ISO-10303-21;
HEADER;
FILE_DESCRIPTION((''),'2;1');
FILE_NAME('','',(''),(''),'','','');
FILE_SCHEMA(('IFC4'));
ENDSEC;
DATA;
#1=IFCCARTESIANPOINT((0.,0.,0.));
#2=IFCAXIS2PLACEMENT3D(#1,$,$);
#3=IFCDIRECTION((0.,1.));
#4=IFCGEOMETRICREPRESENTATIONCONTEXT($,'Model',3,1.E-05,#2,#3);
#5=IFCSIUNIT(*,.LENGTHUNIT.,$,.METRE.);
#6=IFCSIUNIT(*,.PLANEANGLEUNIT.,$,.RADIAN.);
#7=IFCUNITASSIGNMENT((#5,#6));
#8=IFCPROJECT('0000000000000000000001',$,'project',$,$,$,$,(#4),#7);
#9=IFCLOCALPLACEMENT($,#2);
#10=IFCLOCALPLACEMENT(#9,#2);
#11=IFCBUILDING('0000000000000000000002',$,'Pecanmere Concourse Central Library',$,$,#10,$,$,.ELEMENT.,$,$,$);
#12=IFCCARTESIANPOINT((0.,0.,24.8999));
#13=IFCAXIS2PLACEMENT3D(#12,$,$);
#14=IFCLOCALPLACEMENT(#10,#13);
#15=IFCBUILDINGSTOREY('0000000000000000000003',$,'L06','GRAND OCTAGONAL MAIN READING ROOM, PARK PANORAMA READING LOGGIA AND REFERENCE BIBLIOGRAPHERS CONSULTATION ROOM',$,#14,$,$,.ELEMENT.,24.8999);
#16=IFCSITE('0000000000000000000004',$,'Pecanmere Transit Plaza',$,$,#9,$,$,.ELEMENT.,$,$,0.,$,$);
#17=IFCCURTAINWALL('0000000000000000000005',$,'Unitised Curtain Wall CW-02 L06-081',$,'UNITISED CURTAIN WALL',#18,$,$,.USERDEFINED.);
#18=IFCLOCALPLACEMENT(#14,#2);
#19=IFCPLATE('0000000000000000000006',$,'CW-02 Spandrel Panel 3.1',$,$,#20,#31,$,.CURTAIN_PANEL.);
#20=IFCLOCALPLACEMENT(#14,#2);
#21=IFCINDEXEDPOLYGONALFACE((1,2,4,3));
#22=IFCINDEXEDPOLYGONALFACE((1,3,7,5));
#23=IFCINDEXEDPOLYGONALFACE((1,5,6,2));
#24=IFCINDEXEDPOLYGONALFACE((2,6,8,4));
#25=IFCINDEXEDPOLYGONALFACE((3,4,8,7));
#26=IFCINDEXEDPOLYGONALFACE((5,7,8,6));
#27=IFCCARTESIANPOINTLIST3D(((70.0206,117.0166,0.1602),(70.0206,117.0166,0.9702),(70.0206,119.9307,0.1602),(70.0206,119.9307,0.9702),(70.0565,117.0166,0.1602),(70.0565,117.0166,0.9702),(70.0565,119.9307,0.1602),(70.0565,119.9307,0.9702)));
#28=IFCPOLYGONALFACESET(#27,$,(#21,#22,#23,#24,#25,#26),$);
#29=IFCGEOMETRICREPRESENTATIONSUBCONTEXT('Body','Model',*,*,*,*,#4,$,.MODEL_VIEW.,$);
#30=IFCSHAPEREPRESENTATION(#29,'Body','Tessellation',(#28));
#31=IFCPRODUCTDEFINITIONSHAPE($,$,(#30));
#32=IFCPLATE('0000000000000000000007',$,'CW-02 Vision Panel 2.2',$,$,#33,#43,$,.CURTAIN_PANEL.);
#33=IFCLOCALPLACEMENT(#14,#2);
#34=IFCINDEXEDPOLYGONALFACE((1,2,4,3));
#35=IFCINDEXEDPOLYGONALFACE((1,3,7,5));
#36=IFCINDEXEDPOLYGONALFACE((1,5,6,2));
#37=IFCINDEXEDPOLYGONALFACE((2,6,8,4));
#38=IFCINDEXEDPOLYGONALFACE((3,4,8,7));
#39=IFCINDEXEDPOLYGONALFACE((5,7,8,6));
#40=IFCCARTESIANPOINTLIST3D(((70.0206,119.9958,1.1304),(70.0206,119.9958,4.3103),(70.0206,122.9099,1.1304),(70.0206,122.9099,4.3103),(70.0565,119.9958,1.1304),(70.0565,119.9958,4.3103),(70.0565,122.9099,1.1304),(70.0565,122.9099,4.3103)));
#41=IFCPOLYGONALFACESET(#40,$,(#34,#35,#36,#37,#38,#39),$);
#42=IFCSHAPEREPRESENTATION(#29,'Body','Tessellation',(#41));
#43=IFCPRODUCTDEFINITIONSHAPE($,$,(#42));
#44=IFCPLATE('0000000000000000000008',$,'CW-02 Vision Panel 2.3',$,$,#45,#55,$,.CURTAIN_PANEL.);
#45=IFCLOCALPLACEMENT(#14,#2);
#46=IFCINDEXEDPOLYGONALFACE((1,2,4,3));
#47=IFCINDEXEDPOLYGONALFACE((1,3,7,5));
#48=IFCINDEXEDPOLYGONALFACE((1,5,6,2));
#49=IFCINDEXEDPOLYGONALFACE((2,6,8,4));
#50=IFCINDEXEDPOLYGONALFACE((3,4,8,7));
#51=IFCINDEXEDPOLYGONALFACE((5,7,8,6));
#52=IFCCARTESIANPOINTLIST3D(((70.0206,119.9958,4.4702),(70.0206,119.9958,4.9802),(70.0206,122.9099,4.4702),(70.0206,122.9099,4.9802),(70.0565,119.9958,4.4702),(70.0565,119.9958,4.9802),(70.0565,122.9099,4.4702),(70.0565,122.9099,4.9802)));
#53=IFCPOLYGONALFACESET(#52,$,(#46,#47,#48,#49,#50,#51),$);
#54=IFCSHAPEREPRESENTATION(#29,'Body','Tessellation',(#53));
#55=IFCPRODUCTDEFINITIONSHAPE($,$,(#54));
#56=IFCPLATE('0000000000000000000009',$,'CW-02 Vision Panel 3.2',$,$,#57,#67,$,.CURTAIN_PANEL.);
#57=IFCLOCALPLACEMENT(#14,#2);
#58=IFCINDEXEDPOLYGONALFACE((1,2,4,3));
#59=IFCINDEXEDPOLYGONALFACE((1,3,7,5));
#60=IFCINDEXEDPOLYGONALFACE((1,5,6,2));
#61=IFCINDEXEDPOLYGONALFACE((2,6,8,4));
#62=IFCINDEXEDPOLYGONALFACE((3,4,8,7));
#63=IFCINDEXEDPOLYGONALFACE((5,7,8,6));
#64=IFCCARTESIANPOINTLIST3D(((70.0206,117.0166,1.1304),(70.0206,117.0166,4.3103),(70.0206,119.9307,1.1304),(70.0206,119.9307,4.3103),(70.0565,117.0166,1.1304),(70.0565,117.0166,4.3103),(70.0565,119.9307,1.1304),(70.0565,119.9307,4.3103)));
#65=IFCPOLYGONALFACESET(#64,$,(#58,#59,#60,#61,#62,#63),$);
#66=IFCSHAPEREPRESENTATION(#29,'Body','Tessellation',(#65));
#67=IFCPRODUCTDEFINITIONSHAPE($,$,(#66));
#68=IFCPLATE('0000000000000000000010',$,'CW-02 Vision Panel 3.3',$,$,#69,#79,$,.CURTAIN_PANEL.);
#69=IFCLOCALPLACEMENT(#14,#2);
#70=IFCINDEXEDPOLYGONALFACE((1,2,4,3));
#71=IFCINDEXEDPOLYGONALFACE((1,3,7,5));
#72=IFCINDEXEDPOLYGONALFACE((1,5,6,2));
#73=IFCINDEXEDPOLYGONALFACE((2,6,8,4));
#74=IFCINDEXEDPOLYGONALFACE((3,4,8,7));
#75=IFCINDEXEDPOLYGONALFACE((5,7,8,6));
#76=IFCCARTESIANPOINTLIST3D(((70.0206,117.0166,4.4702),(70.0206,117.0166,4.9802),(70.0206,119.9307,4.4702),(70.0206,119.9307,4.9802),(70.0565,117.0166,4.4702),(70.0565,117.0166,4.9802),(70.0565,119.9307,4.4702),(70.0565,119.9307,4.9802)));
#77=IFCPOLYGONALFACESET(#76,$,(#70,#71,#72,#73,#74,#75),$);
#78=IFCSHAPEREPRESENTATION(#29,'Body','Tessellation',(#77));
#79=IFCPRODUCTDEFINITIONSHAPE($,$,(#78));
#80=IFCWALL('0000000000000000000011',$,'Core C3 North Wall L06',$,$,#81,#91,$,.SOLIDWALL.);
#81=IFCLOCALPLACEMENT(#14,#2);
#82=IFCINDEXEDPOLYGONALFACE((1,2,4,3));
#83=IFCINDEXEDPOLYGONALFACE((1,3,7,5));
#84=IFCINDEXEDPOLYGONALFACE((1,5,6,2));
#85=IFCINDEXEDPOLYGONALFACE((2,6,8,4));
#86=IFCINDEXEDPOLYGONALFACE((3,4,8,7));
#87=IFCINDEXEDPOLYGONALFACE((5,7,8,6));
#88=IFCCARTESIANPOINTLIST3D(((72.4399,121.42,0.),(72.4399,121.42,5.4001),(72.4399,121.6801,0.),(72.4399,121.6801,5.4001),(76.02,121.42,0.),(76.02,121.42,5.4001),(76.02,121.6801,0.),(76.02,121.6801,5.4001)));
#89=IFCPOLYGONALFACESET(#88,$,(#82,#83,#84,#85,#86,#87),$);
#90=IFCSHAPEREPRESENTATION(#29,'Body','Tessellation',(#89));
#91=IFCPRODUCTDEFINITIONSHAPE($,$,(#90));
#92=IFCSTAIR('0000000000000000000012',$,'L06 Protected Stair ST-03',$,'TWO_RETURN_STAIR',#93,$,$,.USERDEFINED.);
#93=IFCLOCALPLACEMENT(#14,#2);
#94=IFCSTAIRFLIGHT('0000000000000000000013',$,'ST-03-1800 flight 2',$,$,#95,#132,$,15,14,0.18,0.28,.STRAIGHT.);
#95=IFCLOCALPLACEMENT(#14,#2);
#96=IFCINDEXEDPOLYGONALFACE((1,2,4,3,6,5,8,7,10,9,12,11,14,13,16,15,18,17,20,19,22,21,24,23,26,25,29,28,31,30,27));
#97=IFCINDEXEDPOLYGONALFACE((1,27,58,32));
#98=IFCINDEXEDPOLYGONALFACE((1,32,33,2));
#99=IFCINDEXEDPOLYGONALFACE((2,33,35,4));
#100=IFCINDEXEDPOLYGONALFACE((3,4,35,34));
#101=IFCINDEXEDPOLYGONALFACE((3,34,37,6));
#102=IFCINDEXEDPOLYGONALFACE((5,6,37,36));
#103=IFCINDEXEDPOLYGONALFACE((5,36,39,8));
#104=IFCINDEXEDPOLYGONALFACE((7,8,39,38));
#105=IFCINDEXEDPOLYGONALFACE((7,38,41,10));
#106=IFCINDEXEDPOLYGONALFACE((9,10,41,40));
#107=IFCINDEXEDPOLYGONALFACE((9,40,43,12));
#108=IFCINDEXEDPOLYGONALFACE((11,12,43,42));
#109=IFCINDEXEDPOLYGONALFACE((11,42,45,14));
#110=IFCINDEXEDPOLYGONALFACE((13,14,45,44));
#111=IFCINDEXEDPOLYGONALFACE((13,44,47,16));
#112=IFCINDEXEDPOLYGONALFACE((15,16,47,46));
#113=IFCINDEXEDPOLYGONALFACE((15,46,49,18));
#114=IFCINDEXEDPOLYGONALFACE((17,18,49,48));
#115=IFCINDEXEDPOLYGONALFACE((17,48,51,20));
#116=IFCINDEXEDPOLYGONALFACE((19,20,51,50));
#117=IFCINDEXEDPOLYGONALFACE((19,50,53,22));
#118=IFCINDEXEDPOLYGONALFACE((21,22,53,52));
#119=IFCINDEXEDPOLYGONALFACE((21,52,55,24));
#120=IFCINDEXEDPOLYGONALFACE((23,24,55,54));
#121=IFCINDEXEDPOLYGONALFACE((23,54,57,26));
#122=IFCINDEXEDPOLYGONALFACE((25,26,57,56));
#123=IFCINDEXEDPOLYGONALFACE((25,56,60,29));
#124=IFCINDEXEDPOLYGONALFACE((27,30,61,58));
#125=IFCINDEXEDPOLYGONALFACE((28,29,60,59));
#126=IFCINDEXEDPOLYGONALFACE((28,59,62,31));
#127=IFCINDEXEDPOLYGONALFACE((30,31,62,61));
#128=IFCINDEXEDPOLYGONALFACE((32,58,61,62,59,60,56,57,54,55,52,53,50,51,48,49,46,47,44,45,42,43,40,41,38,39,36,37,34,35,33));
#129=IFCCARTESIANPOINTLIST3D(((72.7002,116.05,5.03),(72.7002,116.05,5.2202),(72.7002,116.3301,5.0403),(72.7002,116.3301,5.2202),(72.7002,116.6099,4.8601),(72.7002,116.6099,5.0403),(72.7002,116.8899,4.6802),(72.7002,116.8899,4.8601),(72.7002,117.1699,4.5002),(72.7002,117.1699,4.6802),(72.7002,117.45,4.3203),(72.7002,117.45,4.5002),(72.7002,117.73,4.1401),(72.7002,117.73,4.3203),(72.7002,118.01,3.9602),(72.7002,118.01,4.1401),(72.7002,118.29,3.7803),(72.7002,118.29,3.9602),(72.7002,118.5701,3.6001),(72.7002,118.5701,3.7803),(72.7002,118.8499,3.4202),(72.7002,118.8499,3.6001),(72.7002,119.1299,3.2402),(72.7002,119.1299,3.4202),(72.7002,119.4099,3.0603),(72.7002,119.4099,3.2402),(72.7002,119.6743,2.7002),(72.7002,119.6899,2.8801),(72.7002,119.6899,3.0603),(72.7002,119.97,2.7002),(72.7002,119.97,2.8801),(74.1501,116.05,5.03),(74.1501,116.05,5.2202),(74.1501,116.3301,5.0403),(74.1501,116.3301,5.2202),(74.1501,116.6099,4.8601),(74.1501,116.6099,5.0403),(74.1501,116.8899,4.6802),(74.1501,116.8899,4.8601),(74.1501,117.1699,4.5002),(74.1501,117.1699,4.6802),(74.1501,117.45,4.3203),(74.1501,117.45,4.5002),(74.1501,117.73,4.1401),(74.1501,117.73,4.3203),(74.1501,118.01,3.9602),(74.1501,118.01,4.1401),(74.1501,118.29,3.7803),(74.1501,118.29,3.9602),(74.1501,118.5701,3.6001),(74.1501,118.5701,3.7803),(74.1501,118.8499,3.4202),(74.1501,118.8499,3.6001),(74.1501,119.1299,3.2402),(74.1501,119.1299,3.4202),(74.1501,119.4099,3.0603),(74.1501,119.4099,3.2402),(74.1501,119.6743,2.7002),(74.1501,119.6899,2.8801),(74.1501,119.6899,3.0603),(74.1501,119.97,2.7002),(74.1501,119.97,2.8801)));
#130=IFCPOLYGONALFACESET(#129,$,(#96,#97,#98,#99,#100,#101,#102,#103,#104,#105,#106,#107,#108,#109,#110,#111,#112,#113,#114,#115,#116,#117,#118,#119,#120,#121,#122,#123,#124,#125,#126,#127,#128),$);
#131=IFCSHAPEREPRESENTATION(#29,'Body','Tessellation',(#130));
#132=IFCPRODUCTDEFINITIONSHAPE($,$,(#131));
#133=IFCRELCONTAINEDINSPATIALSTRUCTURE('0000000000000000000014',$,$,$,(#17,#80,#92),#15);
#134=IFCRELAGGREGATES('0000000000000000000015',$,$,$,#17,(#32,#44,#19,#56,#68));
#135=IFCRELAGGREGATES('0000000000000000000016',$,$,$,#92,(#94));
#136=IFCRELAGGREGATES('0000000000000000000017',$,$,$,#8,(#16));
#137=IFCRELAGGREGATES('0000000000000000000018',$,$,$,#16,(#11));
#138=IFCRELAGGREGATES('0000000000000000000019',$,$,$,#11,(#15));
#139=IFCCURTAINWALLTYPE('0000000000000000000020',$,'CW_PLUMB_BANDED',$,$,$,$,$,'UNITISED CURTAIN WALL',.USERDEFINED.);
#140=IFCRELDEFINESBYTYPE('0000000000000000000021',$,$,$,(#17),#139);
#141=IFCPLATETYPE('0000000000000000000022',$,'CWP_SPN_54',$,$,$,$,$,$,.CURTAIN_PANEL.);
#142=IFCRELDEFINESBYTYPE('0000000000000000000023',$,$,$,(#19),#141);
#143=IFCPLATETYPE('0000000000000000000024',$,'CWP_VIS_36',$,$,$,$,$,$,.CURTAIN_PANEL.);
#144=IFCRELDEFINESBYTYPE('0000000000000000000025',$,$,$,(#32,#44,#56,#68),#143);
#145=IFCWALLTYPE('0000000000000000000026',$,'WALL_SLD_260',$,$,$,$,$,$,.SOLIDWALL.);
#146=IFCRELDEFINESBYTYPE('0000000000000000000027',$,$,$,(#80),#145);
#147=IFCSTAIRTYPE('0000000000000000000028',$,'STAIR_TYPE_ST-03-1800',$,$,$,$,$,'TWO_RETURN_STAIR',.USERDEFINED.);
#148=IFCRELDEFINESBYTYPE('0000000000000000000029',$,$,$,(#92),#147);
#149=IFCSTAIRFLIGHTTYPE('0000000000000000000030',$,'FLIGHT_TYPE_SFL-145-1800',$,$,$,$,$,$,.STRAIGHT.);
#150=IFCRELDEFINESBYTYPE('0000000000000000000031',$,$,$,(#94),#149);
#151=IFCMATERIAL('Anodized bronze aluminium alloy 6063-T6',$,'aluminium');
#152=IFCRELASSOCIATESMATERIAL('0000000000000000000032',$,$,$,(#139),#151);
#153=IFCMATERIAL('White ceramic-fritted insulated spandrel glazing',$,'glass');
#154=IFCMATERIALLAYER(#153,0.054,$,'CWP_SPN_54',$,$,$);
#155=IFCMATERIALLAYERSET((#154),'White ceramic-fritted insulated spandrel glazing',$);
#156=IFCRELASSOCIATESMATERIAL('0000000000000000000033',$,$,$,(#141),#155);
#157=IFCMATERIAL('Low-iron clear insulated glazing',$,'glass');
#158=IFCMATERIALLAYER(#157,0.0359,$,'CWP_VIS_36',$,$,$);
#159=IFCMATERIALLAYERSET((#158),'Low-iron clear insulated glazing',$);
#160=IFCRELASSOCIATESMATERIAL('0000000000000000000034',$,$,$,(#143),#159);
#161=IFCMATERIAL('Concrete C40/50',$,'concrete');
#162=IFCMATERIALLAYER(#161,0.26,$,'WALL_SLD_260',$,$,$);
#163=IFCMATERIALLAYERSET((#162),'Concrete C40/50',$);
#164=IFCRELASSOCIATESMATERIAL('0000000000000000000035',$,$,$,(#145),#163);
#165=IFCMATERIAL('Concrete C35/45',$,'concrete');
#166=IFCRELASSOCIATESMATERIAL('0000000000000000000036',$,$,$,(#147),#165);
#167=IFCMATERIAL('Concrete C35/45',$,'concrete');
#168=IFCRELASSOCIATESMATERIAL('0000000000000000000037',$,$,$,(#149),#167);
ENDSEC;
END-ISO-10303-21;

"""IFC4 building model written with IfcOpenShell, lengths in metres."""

from ifc_helpers import new_model, si_unit, direction, frame, frame_2d, origin, origin_2d, place, context, subcontext, project, spatial, polyline, rectangle, outline, extrude, material, layer, layer_set, type_object, element, aggregate, save


model = new_model("IFC4")

# Units and contexts
model_context = context("Model", 3, precision=1e-05, world=origin(), true_north=direction((0.0, 1.0)))
body_context = subcontext(model_context, "Body", "Model", "MODEL_VIEW")
ifc_project = project(units=[si_unit("LENGTHUNIT", "METRE"), si_unit("PLANEANGLEUNIT", "RADIAN")], contexts=[model_context])

# Site, building, storey
site_placement = place(None, origin())
site = spatial("IfcSite", under=ifc_project, at=site_placement, Name="Pecanmere Transit Plaza", CompositionType="ELEMENT", RefElevation=0.0)
building_placement = place(site_placement, origin())
building = spatial("IfcBuilding", under=site, at=building_placement, Name="Pecanmere Concourse Central Library", CompositionType="ELEMENT")
storey_placement = place(building_placement, frame((0.0, 0.0, 24.8999)))
storey = spatial("IfcBuildingStorey", under=building, at=storey_placement, Name="L06", Description="GRAND OCTAGONAL MAIN READING ROOM, PARK PANORAMA READING LOGGIA AND REFERENCE BIBLIOGRAPHERS CONSULTATION ROOM", CompositionType="ELEMENT", Elevation=24.8999)

# Curtain wall, plates
ifc_material_1 = material(Name="Anodized bronze aluminium alloy 6063-T6", Category="aluminium")
curtain_wall_type = type_object("IfcCurtainWallType", Name="CW_PLUMB_BANDED", ElementType="UNITISED CURTAIN WALL", PredefinedType="USERDEFINED", material=ifc_material_1)
curtain_wall_placement = place(storey_placement, origin())
curtain_wall = element("IfcCurtainWall", 1, at=curtain_wall_placement, inside=storey, type_object=curtain_wall_type, Name="Unitised Curtain Wall CW-02 L06-081", ObjectType="UNITISED CURTAIN WALL", PredefinedType="USERDEFINED")
ifc_material_2 = material(Name="White ceramic-fritted insulated spandrel glazing", Category="glass")
ifc_layer_1 = layer(ifc_material_2, 0.054, Name="CWP_SPN_54")
ifc_layer_set_1 = layer_set([ifc_layer_1], Name="White ceramic-fritted insulated spandrel glazing")
plate_type_1 = type_object("IfcPlateType", Name="CWP_SPN_54", PredefinedType="CURTAIN_PANEL", material=ifc_layer_set_1)
plate_1_placement = place(storey_placement, frame((70.0386, 118.4736, 0.1602), z_axis=(0.0, 0.0, 1.0), x_axis=(0.0, -1.0, 0.0)))
plate_1 = element("IfcPlate", 2, at=plate_1_placement, type_object=plate_type_1, Name="CW-02 Spandrel Panel 3.1", PredefinedType="CURTAIN_PANEL", context=body_context, shape_type="SweptSolid", body=[
    extrude(rectangle(XDim=2.9141, YDim=0.0359, at=origin_2d()), origin(), (0.0, 0.0, 1.0), 0.8101),
])
ifc_material_3 = material(Name="Low-iron clear insulated glazing", Category="glass")
ifc_layer_2 = layer(ifc_material_3, 0.0359, Name="CWP_VIS_36")
ifc_layer_set_2 = layer_set([ifc_layer_2], Name="Low-iron clear insulated glazing")
plate_type_2 = type_object("IfcPlateType", Name="CWP_VIS_36", PredefinedType="CURTAIN_PANEL", material=ifc_layer_set_2)
plate_2_placement = place(storey_placement, frame((70.0386, 121.4529, 1.1304), z_axis=(0.0, 0.0, 1.0), x_axis=(0.0, -1.0, 0.0)))
plate_2 = element("IfcPlate", 3, at=plate_2_placement, type_object=plate_type_2, Name="CW-02 Vision Panel 2.2", PredefinedType="CURTAIN_PANEL", context=body_context, shape_type="SweptSolid", body=[
    extrude(rectangle(XDim=2.9141, YDim=0.0359, at=origin_2d()), origin(), (0.0, 0.0, 1.0), 3.1799),
])
plate_3_placement = place(storey_placement, frame((70.0386, 121.4529, 4.4702), z_axis=(0.0, 0.0, 1.0), x_axis=(0.0, -1.0, 0.0)))
plate_3 = element("IfcPlate", 4, at=plate_3_placement, type_object=plate_type_2, Name="CW-02 Vision Panel 2.3", PredefinedType="CURTAIN_PANEL", context=body_context, shape_type="SweptSolid", body=[
    extrude(rectangle(XDim=2.9141, YDim=0.0359, at=origin_2d()), origin(), (0.0, 0.0, 1.0), 0.51),
])
plate_4_placement = place(storey_placement, frame((70.0386, 118.4736, 1.1304), z_axis=(0.0, 0.0, 1.0), x_axis=(0.0, -1.0, 0.0)))
plate_4 = element("IfcPlate", 5, at=plate_4_placement, type_object=plate_type_2, Name="CW-02 Vision Panel 3.2", PredefinedType="CURTAIN_PANEL", context=body_context, shape_type="SweptSolid", body=[
    extrude(rectangle(XDim=2.9141, YDim=0.0359, at=origin_2d()), origin(), (0.0, 0.0, 1.0), 3.1799),
])
plate_5_placement = place(storey_placement, frame((70.0386, 118.4736, 4.4702), z_axis=(0.0, 0.0, 1.0), x_axis=(0.0, -1.0, 0.0)))
plate_5 = element("IfcPlate", 6, at=plate_5_placement, type_object=plate_type_2, Name="CW-02 Vision Panel 3.3", PredefinedType="CURTAIN_PANEL", context=body_context, shape_type="SweptSolid", body=[
    extrude(rectangle(XDim=2.9141, YDim=0.0359, at=origin_2d()), origin(), (0.0, 0.0, 1.0), 0.51),
])
aggregate(curtain_wall, [plate_2, plate_3, plate_1, plate_4, plate_5])

# Wall
ifc_material_4 = material(Name="Concrete C40/50", Category="concrete")
ifc_layer_3 = layer(ifc_material_4, 0.26, Name="WALL_SLD_260")
ifc_layer_set_3 = layer_set([ifc_layer_3], Name="Concrete C40/50")
wall_type = type_object("IfcWallType", Name="WALL_SLD_260", PredefinedType="SOLIDWALL", material=ifc_layer_set_3)
wall_placement = place(storey_placement, frame((72.4399, 121.55, 0.0), z_axis=(0.0, 0.0, 1.0), x_axis=(1.0, 0.0, 0.0)))
element("IfcWall", 7, at=wall_placement, inside=storey, type_object=wall_type, Name="Core C3 North Wall L06", PredefinedType="SOLIDWALL", context=body_context, shape_type="SweptSolid", body=[
    extrude(rectangle(XDim=3.5801, YDim=0.26, at=frame_2d((1.79, 0.0))), origin(), (0.0, 0.0, 1.0), 5.4001),
])

# Stair, stair flight
ifc_material_5 = material(Name="Concrete C35/45", Category="concrete")
stair_type = type_object("IfcStairType", Name="STAIR_TYPE_ST-03-1800", ElementType="TWO_RETURN_STAIR", PredefinedType="USERDEFINED", material=ifc_material_5)
stair_placement = place(storey_placement, origin())
stair = element("IfcStair", 8, at=stair_placement, inside=storey, type_object=stair_type, Name="L06 Protected Stair ST-03", ObjectType="TWO_RETURN_STAIR", PredefinedType="USERDEFINED")
ifc_material_6 = material(Name="Concrete C35/45", Category="concrete")
stair_flight_type = type_object("IfcStairFlightType", Name="FLIGHT_TYPE_SFL-145-1800", PredefinedType="STRAIGHT", material=ifc_material_6)
stair_flight_placement = place(storey_placement, frame((73.425, 119.97, 2.7002), z_axis=(0.0, 0.0, 1.0), x_axis=(0.0, -1.0, 0.0)))
stair_flight = element("IfcStairFlight", 9, at=stair_flight_placement, type_object=stair_flight_type, Name="ST-03-1800 flight 2", NumberOfRisers=15, NumberOfTreads=14, PredefinedType="STRAIGHT", RiserHeight=0.18, TreadLength=0.28, context=body_context, shape_type="SweptSolid", body=[
    extrude(outline(polyline([(0.0, 0.0), (0.0, 0.1799), (0.28, 0.1799), (0.28, 0.3601), (0.5601, 0.3601), (0.5601, 0.54), (0.8401, 0.54), (0.8401, 0.72), (1.1201, 0.72), (1.1201, 0.8999), (1.3999, 0.8999), (1.3999, 1.0801), (1.6799, 1.0801), (1.6799, 1.26), (1.96, 1.26), (1.96, 1.4399), (2.24, 1.4399), (2.24, 1.6201), (2.52, 1.6201), (2.52, 1.8), (2.8, 1.8), (2.8, 1.98), (3.0801, 1.98), (3.0801, 2.1599), (3.3601, 2.1599), (3.3601, 2.3401), (3.6399, 2.3401), (3.6399, 2.52), (3.9199, 2.52), (3.9199, 2.7), (3.9199, 2.3298), (0.2957, 0.0), (0.0, 0.0)])), frame((0.0, 0.7251, 0.0), z_axis=(0.0, -1.0, 0.0), x_axis=(1.0, 0.0, 0.0)), (0.0, 0.0, 1.0), 1.45),
])
aggregate(stair, [stair_flight])

save(model, "model.ifc")
